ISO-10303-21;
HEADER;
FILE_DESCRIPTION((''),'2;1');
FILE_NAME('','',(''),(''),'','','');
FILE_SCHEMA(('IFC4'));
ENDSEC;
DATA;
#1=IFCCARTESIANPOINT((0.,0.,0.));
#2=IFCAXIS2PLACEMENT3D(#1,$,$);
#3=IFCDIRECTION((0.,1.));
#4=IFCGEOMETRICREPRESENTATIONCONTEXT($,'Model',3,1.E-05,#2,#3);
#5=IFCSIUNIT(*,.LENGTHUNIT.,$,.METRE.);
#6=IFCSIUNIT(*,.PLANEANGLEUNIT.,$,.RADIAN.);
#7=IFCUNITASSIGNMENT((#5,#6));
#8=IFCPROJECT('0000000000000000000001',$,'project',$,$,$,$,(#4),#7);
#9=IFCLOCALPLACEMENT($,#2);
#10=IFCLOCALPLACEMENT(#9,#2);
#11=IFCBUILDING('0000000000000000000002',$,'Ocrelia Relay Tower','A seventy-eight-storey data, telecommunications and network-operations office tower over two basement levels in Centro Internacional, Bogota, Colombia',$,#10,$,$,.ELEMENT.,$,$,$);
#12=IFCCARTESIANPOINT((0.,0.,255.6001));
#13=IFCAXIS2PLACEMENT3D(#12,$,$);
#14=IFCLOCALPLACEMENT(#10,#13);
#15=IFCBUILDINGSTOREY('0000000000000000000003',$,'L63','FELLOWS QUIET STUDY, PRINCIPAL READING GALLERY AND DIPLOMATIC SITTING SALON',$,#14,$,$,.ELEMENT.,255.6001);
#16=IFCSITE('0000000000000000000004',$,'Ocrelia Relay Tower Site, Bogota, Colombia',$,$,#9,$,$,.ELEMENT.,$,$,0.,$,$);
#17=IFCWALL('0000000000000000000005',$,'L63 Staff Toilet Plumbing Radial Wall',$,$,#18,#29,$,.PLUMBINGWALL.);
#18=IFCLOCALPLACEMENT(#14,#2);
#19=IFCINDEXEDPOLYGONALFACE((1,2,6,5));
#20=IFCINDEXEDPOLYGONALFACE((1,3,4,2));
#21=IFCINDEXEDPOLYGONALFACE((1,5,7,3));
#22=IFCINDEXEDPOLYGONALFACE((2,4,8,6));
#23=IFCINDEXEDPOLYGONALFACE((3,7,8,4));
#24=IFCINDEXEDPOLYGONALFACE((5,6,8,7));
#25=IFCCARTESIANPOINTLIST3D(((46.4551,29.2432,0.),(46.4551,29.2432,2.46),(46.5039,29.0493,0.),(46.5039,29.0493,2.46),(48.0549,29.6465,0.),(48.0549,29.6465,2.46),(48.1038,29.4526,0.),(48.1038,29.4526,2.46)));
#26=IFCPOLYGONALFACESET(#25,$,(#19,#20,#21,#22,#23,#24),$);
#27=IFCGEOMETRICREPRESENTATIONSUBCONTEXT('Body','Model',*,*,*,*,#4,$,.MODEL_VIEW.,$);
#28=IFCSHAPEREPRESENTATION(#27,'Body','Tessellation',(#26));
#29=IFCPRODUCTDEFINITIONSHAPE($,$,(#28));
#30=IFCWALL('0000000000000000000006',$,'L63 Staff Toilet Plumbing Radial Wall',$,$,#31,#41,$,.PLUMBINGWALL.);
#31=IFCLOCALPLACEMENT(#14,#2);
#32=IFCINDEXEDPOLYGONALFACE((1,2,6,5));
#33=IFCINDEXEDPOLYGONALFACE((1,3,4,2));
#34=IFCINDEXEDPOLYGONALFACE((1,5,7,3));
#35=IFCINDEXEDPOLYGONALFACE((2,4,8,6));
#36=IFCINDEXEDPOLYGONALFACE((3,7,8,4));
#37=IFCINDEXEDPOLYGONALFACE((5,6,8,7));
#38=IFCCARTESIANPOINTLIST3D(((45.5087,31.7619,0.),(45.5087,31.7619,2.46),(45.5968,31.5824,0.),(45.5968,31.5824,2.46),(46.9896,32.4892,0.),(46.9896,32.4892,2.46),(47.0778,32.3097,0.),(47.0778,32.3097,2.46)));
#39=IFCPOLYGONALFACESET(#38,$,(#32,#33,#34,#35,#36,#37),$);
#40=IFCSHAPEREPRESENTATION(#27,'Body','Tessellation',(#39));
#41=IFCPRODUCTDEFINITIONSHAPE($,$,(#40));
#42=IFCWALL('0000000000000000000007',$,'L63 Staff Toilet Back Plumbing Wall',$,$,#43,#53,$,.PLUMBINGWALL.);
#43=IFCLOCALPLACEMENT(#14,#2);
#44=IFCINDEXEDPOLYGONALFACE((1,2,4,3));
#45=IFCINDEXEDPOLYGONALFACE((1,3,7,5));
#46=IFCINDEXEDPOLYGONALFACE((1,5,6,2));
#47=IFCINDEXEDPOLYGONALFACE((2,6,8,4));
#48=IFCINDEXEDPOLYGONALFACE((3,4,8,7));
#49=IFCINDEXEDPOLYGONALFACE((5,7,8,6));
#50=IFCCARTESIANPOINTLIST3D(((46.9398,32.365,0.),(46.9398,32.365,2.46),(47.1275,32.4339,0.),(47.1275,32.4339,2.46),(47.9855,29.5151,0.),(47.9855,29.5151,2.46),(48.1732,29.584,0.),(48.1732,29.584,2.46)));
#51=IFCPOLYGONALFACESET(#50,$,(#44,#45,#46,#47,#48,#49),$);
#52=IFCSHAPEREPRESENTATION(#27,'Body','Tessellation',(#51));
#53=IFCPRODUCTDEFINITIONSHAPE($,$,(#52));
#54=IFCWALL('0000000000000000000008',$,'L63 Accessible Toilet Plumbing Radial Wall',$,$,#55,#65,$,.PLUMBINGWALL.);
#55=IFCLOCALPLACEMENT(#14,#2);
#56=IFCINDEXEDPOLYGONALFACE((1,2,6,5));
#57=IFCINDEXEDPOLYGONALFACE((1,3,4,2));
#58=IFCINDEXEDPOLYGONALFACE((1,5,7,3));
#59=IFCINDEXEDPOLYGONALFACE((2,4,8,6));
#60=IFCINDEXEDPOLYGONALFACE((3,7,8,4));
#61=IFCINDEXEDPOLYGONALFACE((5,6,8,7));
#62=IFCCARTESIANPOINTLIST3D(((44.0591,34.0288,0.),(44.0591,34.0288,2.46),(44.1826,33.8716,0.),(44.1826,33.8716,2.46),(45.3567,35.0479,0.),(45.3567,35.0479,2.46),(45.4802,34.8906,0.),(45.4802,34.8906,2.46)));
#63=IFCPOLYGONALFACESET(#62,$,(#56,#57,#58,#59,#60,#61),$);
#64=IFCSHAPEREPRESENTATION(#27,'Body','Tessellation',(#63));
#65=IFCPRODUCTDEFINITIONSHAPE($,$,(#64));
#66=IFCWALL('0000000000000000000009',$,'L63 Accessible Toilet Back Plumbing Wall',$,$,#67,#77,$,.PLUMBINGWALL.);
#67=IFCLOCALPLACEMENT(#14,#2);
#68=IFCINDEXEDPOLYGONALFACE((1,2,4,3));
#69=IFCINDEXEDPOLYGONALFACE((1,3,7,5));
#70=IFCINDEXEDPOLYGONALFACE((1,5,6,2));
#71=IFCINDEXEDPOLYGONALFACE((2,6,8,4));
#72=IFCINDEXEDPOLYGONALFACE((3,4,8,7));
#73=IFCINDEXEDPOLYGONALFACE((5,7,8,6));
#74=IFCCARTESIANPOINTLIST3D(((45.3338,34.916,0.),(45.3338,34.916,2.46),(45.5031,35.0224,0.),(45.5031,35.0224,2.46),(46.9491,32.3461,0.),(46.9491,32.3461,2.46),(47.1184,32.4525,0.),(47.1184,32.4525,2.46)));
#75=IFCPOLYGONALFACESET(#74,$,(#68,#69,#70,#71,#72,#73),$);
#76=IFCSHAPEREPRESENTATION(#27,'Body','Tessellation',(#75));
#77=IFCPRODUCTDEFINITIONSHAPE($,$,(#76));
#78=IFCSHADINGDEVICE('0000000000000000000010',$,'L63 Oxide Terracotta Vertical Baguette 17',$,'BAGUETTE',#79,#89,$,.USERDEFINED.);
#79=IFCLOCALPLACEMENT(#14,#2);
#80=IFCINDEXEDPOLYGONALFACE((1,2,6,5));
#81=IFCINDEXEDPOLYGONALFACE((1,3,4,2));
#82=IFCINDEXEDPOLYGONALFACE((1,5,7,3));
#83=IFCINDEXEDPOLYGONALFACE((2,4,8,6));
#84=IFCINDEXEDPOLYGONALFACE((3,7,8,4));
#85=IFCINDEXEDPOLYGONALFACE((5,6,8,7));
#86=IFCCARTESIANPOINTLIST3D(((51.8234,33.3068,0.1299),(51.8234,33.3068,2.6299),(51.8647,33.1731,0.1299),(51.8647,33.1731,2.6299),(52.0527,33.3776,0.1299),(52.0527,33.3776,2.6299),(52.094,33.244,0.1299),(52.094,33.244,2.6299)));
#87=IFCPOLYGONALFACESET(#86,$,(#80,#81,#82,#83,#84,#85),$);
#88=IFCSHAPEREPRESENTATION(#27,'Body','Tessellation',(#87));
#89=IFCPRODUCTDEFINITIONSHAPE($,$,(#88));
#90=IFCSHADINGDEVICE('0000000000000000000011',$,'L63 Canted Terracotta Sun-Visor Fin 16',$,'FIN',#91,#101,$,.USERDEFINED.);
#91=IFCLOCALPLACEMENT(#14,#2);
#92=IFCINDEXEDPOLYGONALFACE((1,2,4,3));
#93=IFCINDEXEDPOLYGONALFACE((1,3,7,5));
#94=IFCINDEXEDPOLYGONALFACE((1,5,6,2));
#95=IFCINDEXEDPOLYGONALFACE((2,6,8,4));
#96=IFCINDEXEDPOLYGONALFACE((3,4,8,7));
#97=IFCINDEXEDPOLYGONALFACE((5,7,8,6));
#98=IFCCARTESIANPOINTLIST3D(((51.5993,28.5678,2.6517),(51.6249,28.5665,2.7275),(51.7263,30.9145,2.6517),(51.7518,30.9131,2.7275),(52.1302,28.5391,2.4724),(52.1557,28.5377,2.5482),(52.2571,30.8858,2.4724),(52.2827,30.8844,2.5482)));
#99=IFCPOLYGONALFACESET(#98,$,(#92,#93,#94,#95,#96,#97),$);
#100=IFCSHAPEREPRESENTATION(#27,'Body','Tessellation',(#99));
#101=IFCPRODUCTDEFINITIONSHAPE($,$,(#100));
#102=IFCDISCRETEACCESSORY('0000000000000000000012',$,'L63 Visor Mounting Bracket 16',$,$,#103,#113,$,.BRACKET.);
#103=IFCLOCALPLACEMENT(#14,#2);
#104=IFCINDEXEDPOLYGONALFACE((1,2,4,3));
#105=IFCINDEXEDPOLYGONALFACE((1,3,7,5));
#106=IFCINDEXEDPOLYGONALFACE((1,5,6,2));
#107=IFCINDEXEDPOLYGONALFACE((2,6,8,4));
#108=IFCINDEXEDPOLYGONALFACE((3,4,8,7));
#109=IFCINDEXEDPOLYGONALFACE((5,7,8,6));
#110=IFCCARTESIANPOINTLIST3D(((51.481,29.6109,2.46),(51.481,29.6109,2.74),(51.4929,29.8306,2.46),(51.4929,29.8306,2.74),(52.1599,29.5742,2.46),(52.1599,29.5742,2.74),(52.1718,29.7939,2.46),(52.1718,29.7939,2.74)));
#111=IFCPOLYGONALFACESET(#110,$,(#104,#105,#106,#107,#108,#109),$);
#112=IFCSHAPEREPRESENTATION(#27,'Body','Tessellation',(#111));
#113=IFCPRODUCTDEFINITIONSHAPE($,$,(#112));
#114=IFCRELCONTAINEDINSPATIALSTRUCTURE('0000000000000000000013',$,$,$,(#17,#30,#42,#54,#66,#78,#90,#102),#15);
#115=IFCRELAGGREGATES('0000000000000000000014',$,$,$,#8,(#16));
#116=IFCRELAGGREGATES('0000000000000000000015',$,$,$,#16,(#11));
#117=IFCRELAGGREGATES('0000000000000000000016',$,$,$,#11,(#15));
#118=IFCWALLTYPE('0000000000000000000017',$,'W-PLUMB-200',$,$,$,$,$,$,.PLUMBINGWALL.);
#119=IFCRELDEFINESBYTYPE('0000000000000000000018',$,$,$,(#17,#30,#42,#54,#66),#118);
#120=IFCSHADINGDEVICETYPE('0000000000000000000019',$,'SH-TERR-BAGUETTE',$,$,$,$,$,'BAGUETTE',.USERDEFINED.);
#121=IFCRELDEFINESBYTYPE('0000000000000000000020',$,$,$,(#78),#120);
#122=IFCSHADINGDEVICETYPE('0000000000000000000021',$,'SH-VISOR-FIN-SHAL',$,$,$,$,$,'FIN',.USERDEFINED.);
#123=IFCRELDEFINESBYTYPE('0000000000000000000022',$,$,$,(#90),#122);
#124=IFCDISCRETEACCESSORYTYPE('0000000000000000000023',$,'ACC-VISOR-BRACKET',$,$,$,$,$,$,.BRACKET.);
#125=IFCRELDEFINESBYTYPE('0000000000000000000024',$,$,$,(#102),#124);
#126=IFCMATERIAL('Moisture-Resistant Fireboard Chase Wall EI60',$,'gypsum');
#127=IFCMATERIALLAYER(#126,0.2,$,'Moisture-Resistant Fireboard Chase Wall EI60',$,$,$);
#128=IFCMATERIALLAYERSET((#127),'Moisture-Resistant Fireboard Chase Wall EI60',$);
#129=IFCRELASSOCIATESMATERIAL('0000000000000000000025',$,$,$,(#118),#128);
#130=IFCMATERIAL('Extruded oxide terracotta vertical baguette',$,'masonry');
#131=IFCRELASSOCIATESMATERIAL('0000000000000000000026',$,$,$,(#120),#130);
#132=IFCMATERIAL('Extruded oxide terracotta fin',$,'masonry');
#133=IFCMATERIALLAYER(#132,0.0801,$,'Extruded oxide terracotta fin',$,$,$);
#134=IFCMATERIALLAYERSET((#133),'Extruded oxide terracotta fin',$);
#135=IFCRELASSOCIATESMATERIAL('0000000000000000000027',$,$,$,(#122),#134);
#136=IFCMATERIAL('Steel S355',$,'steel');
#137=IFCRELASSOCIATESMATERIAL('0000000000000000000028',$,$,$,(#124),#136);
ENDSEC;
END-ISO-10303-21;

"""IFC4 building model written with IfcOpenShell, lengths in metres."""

from ifc_helpers import new_model, si_unit, direction, frame, frame_2d, origin, origin_2d, place, context, subcontext, project, spatial, rectangle, extrude, material, layer, layer_set, type_object, element, save


model = new_model("IFC4")

# Units and contexts
model_context = context("Model", 3, precision=1e-05, world=origin(), true_north=direction((0.0, 1.0)))
body_context = subcontext(model_context, "Body", "Model", "MODEL_VIEW")
ifc_project = project(units=[si_unit("LENGTHUNIT", "METRE"), si_unit("PLANEANGLEUNIT", "RADIAN")], contexts=[model_context])

# Site, building, storey
site_placement = place(None, origin())
site = spatial("IfcSite", under=ifc_project, at=site_placement, Name="Ocrelia Relay Tower Site, Bogota, Colombia", CompositionType="ELEMENT", RefElevation=0.0)
building_placement = place(site_placement, origin())
building = spatial("IfcBuilding", under=site, at=building_placement, Name="Ocrelia Relay Tower", Description="A seventy-eight-storey data, telecommunications and network-operations office tower over two basement levels in Centro Internacional, Bogota, Colombia", CompositionType="ELEMENT")
storey_placement = place(building_placement, frame((0.0, 0.0, 255.6001)))
storey = spatial("IfcBuildingStorey", under=building, at=storey_placement, Name="L63", Description="FELLOWS QUIET STUDY, PRINCIPAL READING GALLERY AND DIPLOMATIC SITTING SALON", CompositionType="ELEMENT", Elevation=255.6001)

# Shared definitions
ifc_material_1 = material(Name="Steel S355", Category="steel")

# Walls
ifc_material_2 = material(Name="Moisture-Resistant Fireboard Chase Wall EI60", Category="gypsum")
ifc_layer_1 = layer(ifc_material_2, 0.2, Name="Moisture-Resistant Fireboard Chase Wall EI60")
ifc_layer_set_1 = layer_set([ifc_layer_1], Name="Moisture-Resistant Fireboard Chase Wall EI60")
wall_type_1 = type_object("IfcWallType", Name="W-PLUMB-200", PredefinedType="PLUMBINGWALL", material=ifc_layer_set_1)
for number, where, z_axis, x_axis, name in (
    (1, (46.4795, 29.1462, 0.0), (0.0, 0.0, 1.0), (0.969662, 0.24445, 0.0), "L63 Staff Toilet Plumbing Radial Wall"),
    (2, (45.5527, 31.6721, 0.0), (0.0, 0.0, 1.0), (0.897601, 0.44081, 0.0), "L63 Staff Toilet Plumbing Radial Wall"),
):
    element("IfcWall", number, at=place(storey_placement, frame(where, z_axis=z_axis, x_axis=x_axis)), inside=storey, type_object=wall_type_1, Name=name, PredefinedType="PLUMBINGWALL", context=body_context, shape_type="SweptSolid", body=[
        extrude(rectangle(XDim=1.6499, YDim=0.2, at=frame_2d((0.825, 0.0))), origin(), (0.0, 0.0, 1.0), 2.46),
    ])
wall_1_placement = place(storey_placement, frame((48.0793, 29.5496, 0.0), z_axis=(0.0, 0.0, 1.0), x_axis=(-0.34446, 0.938801, 0.0)))
element("IfcWall", 3, at=wall_1_placement, inside=storey, type_object=wall_type_1, Name="L63 Staff Toilet Back Plumbing Wall", PredefinedType="PLUMBINGWALL", context=body_context, shape_type="SweptSolid", body=[
    extrude(rectangle(XDim=3.0356, YDim=0.2, at=frame_2d((1.5178, 0.0))), origin(), (0.0, 0.0, 1.0), 2.46),
])
wall_2_placement = place(storey_placement, frame((44.1208, 33.9502, 0.0), z_axis=(0.0, 0.0, 1.0), x_axis=(0.786467, 0.617632, 0.0)))
element("IfcWall", 4, at=wall_2_placement, inside=storey, type_object=wall_type_1, Name="L63 Accessible Toilet Plumbing Radial Wall", PredefinedType="PLUMBINGWALL", context=body_context, shape_type="SweptSolid", body=[
    extrude(rectangle(XDim=1.6499, YDim=0.2, at=frame_2d((0.825, 0.0))), origin(), (0.0, 0.0, 1.0), 2.46),
])
wall_3_placement = place(storey_placement, frame((47.0337, 32.3994, 0.0), z_axis=(0.0, 0.0, 1.0), x_axis=(-0.532152, 0.846649, 0.0)))
element("IfcWall", 5, at=wall_3_placement, inside=storey, type_object=wall_type_1, Name="L63 Accessible Toilet Back Plumbing Wall", PredefinedType="PLUMBINGWALL", context=body_context, shape_type="SweptSolid", body=[
    extrude(rectangle(XDim=3.0354, YDim=0.2, at=frame_2d((1.5176, 0.0))), origin(), (0.0, 0.0, 1.0), 2.46),
])

# Shading devices
ifc_material_3 = material(Name="Extruded oxide terracotta vertical baguette", Category="masonry")
shading_device_type_1 = type_object("IfcShadingDeviceType", Name="SH-TERR-BAGUETTE", ElementType="BAGUETTE", PredefinedType="USERDEFINED", material=ifc_material_3)
shading_device_1_placement = place(storey_placement, frame((51.9587, 33.2754, 0.1299), z_axis=(0.0, 0.0, 1.0), x_axis=(-0.295172, 0.955444, 0.0)))
element("IfcShadingDevice", 6, at=shading_device_1_placement, inside=storey, type_object=shading_device_type_1, Name="L63 Oxide Terracotta Vertical Baguette 17", ObjectType="BAGUETTE", PredefinedType="USERDEFINED", context=body_context, shape_type="SweptSolid", body=[
    extrude(rectangle(XDim=0.1399, YDim=0.24, at=origin_2d()), origin(), (0.0, 0.0, 1.0), 2.5),
])
ifc_material_4 = material(Name="Extruded oxide terracotta fin", Category="masonry")
ifc_layer_2 = layer(ifc_material_4, 0.0801, Name="Extruded oxide terracotta fin")
ifc_layer_set_2 = layer_set([ifc_layer_2], Name="Extruded oxide terracotta fin")
shading_device_type_2 = type_object("IfcShadingDeviceType", Name="SH-VISOR-FIN-SHAL", ElementType="FIN", PredefinedType="USERDEFINED", material=ifc_layer_set_2)
shading_device_2_placement = place(storey_placement, frame((51.9282, 29.7268, 2.562), z_axis=(0.319154, -0.017268, 0.947546), x_axis=(0.054026, 0.99854, 0.0)))
element("IfcShadingDevice", 7, at=shading_device_2_placement, inside=storey, type_object=shading_device_type_2, Name="L63 Canted Terracotta Sun-Visor Fin 16", ObjectType="FIN", PredefinedType="USERDEFINED", context=body_context, shape_type="SweptSolid", body=[
    extrude(rectangle(XDim=2.3501, YDim=0.561, at=origin_2d()), origin(), (0.0, 0.0, 1.0), 0.0801),
])

# Discrete accessory
discrete_accessory_type = type_object("IfcDiscreteAccessoryType", Name="ACC-VISOR-BRACKET", PredefinedType="BRACKET", material=ifc_material_1)
discrete_accessory_placement = place(storey_placement, frame((51.8264, 29.7024, 2.46), z_axis=(0.0, 0.0, 1.0), x_axis=(0.054026, 0.99854, 0.0)))
element("IfcDiscreteAccessory", 8, at=discrete_accessory_placement, inside=storey, type_object=discrete_accessory_type, Name="L63 Visor Mounting Bracket 16", PredefinedType="BRACKET", context=body_context, shape_type="SweptSolid", body=[
    extrude(rectangle(XDim=0.22, YDim=0.6799, at=origin_2d()), origin(), (0.0, 0.0, 1.0), 0.28),
])

save(model, "model.ifc")
